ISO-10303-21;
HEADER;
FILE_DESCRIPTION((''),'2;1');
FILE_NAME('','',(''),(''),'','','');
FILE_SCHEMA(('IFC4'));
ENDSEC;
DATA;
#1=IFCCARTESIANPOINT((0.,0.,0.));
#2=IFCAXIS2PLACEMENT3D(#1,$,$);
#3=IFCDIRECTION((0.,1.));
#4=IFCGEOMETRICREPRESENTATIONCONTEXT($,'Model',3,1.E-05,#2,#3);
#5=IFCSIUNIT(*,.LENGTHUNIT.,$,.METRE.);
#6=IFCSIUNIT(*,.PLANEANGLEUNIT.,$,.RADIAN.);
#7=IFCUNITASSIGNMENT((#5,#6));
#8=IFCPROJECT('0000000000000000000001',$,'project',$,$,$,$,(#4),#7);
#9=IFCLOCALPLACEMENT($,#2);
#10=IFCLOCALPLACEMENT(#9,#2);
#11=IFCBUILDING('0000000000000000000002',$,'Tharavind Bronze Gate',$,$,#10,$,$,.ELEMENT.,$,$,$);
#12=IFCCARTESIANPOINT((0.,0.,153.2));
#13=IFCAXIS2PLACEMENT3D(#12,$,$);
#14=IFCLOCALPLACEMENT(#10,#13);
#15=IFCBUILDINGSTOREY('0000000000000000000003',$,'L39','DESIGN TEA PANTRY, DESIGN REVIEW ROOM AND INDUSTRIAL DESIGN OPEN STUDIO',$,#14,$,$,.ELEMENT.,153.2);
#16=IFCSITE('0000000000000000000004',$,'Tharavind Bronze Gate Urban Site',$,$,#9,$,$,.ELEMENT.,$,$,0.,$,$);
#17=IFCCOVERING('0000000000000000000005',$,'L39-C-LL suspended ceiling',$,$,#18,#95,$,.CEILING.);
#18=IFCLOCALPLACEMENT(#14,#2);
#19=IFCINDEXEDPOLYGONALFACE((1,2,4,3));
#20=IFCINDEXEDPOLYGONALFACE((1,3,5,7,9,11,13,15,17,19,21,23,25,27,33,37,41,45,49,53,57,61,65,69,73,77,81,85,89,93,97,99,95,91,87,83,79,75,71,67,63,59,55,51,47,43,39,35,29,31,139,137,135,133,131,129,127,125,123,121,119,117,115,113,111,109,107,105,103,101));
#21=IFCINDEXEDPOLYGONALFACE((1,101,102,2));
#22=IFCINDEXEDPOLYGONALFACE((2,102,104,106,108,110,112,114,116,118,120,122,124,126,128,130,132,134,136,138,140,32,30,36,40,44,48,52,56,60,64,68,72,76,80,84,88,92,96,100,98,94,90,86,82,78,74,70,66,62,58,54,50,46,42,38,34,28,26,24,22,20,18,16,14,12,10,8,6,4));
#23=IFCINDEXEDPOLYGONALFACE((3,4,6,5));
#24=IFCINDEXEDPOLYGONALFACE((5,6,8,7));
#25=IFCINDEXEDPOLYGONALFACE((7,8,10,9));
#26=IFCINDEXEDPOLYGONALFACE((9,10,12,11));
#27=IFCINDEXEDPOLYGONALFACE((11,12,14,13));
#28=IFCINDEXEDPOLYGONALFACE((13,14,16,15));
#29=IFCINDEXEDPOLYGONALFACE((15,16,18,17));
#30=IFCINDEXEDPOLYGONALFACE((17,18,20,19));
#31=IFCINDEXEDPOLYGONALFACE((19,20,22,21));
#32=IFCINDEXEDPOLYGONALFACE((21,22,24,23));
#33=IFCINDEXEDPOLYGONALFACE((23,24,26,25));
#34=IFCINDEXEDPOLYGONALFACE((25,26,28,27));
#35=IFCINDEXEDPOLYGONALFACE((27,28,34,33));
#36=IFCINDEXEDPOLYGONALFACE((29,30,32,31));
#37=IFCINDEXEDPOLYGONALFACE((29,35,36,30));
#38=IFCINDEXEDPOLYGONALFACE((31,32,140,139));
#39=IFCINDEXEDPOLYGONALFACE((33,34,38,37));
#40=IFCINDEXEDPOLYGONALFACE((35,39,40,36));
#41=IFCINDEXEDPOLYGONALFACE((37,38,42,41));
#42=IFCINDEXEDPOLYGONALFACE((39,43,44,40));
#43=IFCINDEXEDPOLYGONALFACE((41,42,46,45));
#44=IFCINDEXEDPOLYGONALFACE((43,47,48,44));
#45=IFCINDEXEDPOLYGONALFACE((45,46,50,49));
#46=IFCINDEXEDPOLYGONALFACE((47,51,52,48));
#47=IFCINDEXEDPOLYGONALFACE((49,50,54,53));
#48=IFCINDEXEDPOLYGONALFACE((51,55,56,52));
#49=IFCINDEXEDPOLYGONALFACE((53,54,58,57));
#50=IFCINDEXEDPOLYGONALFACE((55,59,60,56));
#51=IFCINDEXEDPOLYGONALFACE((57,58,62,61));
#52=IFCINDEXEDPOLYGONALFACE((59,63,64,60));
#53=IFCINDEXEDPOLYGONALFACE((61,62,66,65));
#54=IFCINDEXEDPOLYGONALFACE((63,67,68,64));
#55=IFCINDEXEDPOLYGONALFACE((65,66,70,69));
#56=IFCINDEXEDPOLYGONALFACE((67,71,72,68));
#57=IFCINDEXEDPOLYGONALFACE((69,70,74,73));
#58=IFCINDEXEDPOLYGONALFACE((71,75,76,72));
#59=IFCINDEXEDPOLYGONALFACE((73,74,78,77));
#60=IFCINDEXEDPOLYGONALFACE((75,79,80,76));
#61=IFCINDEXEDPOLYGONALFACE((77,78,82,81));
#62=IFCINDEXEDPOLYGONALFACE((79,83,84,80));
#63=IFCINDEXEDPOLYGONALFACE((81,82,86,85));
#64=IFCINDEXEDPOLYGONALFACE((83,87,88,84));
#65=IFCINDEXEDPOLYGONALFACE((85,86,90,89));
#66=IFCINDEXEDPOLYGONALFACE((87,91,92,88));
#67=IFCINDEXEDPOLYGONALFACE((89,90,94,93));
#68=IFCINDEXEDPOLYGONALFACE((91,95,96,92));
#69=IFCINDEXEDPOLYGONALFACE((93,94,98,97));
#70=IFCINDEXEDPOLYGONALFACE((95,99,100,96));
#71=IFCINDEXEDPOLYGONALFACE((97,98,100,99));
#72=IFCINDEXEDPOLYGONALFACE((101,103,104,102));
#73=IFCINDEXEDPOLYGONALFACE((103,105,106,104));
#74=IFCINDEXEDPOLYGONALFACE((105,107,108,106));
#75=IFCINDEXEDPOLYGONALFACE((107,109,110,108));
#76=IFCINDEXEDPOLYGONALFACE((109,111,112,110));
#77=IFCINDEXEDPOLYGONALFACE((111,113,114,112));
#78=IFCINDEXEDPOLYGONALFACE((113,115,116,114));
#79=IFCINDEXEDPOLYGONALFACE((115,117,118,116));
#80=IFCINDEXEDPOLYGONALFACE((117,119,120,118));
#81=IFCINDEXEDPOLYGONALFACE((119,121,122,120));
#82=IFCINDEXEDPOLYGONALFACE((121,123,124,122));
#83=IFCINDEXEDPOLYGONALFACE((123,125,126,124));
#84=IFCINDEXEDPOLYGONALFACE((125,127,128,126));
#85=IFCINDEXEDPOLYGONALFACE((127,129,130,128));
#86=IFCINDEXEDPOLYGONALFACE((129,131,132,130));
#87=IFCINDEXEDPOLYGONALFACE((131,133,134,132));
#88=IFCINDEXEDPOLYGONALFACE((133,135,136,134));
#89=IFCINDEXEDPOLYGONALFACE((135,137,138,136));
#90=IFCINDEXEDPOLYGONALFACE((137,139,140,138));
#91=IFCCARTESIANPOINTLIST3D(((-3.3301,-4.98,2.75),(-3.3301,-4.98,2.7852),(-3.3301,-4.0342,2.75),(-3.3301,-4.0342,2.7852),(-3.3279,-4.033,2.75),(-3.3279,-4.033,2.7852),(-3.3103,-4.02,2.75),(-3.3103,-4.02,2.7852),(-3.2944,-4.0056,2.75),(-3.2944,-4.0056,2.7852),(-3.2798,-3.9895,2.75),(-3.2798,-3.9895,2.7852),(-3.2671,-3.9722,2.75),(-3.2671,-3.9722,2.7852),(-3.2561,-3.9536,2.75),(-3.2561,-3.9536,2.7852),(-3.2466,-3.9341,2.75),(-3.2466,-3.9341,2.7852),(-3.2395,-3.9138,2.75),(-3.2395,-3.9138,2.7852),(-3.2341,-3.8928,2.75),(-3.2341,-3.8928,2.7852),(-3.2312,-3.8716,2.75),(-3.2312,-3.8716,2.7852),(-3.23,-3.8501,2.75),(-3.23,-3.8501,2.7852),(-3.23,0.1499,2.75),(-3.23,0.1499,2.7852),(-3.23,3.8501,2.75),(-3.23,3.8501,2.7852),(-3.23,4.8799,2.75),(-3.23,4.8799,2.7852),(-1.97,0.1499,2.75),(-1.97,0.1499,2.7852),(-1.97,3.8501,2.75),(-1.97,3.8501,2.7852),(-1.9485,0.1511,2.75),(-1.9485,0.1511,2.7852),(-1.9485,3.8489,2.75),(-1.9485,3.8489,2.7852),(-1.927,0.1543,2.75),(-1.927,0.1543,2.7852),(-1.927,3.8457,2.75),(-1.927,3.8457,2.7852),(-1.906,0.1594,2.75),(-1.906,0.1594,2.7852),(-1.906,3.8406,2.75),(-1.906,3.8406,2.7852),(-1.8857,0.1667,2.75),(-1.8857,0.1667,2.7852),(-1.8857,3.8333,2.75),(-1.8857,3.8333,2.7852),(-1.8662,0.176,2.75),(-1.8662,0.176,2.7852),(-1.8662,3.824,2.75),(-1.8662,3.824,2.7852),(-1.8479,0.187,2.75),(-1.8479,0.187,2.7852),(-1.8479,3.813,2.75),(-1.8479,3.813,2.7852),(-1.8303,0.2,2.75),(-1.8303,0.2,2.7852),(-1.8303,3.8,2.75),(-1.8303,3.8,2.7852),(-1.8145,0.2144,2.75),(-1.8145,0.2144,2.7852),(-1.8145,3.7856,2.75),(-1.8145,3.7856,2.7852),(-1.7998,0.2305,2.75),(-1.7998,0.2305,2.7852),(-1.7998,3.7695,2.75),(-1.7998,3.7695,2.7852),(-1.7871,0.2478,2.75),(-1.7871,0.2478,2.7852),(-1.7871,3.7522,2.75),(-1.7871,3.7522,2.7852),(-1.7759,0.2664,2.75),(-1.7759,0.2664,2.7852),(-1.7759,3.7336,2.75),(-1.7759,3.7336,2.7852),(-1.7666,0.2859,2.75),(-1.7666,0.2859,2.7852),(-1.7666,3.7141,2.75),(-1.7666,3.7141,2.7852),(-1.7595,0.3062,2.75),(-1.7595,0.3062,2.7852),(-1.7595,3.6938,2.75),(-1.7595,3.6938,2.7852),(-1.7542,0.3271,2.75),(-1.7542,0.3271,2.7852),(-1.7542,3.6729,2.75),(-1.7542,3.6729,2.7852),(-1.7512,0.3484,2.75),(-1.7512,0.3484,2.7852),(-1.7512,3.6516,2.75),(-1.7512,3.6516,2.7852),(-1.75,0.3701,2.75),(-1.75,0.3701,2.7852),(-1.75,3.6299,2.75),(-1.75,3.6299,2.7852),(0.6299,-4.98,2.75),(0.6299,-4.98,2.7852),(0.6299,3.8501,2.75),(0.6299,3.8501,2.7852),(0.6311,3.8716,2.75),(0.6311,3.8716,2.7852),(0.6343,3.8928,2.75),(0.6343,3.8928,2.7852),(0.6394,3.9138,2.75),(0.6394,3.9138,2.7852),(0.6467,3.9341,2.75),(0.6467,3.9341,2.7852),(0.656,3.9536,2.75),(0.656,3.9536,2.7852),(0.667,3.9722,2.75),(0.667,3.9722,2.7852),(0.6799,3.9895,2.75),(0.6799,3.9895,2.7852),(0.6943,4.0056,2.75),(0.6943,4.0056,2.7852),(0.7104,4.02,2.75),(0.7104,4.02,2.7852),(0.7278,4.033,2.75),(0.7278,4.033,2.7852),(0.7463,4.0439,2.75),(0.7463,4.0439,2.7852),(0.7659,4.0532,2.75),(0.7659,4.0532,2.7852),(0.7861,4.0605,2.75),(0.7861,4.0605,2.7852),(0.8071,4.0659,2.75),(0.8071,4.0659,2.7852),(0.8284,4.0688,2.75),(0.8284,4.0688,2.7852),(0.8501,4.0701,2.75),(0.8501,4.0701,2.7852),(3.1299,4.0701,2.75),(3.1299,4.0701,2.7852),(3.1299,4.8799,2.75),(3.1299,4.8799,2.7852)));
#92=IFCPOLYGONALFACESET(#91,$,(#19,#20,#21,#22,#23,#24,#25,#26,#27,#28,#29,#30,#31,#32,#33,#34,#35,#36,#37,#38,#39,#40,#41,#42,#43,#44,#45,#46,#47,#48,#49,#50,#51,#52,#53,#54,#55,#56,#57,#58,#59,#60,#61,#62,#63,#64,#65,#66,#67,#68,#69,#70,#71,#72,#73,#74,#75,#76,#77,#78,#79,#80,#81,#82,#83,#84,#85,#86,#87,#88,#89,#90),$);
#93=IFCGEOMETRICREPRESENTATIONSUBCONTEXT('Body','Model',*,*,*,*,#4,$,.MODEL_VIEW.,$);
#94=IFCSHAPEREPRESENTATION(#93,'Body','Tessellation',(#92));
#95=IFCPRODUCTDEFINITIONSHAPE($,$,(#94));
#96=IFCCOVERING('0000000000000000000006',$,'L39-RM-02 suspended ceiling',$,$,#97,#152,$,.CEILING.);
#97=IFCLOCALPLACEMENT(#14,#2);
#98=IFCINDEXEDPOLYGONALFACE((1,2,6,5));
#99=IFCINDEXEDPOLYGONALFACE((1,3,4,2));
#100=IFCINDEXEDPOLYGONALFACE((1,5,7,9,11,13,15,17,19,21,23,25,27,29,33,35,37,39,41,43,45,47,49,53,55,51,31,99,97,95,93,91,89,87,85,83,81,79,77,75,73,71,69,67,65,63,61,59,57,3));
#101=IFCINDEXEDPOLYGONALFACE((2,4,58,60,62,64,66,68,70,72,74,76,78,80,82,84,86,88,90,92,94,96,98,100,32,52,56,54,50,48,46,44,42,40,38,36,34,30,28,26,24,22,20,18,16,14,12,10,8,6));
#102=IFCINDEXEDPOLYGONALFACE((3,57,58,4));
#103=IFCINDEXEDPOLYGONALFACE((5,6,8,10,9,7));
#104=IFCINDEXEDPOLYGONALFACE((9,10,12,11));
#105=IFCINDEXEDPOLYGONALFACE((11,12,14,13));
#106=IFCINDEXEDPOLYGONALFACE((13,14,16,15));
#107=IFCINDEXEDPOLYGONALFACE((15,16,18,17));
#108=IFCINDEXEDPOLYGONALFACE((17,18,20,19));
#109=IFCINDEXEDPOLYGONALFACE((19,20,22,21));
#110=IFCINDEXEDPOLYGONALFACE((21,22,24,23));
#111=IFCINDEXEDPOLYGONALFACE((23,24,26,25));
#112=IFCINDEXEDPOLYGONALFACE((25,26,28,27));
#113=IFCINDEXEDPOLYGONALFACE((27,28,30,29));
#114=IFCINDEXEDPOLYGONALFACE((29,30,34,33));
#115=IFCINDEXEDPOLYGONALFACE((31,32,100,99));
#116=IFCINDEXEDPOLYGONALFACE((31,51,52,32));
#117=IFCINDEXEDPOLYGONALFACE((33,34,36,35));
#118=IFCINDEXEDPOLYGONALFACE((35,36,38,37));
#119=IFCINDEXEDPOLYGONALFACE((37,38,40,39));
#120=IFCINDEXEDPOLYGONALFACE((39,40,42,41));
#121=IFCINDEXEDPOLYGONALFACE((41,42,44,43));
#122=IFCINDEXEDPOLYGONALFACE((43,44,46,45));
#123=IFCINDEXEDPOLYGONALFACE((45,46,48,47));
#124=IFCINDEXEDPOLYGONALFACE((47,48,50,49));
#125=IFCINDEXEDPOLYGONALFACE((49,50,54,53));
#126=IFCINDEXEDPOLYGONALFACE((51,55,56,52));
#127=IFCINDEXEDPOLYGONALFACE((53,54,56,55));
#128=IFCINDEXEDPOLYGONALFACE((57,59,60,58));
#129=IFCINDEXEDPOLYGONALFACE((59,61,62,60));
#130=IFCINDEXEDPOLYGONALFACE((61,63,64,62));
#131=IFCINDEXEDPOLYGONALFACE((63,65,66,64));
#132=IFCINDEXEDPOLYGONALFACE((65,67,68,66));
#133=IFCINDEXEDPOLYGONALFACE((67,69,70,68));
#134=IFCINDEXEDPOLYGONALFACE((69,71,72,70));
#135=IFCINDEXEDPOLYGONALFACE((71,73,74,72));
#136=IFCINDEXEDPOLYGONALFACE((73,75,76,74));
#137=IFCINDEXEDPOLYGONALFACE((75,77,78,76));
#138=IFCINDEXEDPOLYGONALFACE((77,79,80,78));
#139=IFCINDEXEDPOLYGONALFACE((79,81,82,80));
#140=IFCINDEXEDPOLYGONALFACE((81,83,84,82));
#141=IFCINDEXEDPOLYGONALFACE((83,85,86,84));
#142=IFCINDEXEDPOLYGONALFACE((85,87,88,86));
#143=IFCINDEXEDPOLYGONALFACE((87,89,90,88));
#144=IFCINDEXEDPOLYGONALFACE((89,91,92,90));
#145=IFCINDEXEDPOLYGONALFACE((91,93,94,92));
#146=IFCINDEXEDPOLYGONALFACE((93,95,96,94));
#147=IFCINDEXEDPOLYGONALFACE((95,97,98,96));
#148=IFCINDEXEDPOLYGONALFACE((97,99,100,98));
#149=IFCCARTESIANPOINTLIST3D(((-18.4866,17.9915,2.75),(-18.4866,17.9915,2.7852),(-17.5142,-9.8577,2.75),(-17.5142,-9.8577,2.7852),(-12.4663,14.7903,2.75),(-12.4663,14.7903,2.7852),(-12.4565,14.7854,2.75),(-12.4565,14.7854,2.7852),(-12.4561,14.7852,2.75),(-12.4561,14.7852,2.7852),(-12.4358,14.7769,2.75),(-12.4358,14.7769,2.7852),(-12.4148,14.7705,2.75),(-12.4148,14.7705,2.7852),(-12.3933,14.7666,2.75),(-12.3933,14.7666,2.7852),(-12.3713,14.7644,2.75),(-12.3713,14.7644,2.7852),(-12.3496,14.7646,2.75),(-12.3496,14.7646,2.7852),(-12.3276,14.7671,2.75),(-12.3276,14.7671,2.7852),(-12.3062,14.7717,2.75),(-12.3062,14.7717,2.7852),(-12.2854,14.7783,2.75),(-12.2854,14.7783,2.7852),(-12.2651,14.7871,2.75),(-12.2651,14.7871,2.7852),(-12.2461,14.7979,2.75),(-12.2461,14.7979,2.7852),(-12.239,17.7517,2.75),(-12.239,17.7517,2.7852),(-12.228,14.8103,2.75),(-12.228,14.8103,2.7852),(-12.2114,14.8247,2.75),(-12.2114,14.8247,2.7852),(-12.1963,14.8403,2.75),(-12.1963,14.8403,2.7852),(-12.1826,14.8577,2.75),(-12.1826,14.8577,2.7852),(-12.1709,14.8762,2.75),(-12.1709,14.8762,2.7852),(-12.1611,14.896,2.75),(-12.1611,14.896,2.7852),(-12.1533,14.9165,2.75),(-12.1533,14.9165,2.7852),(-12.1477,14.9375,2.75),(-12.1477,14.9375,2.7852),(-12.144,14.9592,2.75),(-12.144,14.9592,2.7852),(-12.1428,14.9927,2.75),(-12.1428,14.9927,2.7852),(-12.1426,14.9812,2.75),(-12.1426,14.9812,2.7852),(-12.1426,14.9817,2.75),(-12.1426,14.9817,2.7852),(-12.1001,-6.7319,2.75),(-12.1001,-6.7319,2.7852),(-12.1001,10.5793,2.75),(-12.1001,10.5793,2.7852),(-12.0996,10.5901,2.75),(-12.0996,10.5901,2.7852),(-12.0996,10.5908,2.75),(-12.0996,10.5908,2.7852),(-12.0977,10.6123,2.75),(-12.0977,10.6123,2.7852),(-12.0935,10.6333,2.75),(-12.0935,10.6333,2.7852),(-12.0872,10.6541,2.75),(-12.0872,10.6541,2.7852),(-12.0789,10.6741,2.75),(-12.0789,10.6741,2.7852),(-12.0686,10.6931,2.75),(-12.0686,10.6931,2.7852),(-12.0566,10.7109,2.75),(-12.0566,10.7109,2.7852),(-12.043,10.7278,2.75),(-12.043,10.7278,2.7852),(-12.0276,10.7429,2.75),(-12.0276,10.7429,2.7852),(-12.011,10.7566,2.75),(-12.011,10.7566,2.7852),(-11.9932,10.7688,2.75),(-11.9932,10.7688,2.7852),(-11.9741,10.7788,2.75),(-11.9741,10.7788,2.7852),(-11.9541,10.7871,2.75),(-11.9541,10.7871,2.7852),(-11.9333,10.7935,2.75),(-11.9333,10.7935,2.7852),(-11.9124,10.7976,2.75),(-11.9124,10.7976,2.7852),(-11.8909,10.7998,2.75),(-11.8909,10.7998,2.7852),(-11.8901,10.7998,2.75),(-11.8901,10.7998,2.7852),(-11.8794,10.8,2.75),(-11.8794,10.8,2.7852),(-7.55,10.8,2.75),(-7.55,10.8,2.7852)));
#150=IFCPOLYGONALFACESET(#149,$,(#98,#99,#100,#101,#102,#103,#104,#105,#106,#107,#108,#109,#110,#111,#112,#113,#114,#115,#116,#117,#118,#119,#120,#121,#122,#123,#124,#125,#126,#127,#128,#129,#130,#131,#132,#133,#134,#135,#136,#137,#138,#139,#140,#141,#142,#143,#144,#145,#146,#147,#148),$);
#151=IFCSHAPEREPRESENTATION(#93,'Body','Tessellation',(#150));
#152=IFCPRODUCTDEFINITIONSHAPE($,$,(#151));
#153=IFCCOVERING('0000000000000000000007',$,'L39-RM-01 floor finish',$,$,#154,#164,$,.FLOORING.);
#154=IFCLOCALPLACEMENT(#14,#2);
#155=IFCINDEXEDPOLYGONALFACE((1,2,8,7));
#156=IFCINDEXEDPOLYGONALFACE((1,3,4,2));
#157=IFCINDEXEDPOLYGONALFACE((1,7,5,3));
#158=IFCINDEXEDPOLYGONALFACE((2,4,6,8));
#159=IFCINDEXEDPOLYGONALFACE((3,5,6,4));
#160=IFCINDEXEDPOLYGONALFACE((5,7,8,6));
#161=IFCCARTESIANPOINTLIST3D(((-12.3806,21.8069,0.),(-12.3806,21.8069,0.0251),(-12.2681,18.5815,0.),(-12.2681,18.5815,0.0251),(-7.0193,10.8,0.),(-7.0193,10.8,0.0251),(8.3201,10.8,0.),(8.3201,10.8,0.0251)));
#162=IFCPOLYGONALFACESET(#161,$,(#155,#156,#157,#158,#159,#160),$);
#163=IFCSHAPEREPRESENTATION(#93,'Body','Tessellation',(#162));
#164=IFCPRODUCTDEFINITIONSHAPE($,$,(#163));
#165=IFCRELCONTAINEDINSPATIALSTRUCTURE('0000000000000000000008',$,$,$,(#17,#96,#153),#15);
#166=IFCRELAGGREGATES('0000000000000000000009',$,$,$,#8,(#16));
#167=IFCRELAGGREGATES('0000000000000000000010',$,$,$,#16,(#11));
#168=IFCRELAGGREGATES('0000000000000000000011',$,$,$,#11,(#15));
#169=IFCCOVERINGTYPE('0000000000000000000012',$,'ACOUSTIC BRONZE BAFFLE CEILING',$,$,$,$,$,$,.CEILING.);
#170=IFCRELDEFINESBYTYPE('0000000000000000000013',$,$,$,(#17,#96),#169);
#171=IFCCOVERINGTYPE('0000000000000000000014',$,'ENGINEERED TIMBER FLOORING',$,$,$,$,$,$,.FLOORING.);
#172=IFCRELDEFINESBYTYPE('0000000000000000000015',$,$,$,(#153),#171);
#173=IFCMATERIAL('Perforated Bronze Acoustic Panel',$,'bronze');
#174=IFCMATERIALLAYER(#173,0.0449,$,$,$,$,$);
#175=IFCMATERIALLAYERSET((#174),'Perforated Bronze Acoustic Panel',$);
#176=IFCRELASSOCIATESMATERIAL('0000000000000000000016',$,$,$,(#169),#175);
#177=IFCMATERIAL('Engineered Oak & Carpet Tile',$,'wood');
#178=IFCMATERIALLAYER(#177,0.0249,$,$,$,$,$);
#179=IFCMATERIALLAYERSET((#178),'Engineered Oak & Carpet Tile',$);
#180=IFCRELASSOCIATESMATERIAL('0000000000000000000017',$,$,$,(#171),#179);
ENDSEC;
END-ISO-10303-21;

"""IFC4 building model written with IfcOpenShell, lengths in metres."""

from ifc_helpers import new_model, si_unit, direction, frame, origin, place, context, subcontext, project, spatial, polyline, outline, extrude, material, layer, layer_set, type_object, element, save


model = new_model("IFC4")

# Units and contexts
model_context = context("Model", 3, precision=1e-05, world=origin(), true_north=direction((0.0, 1.0)))
body_context = subcontext(model_context, "Body", "Model", "MODEL_VIEW")
ifc_project = project(units=[si_unit("LENGTHUNIT", "METRE"), si_unit("PLANEANGLEUNIT", "RADIAN")], contexts=[model_context])

# Site, building, storey
site_placement = place(None, origin())
site = spatial("IfcSite", under=ifc_project, at=site_placement, Name="Tharavind Bronze Gate Urban Site", CompositionType="ELEMENT", RefElevation=0.0)
building_placement = place(site_placement, origin())
building = spatial("IfcBuilding", under=site, at=building_placement, Name="Tharavind Bronze Gate", CompositionType="ELEMENT")
storey_placement = place(building_placement, frame((0.0, 0.0, 153.2)))
storey = spatial("IfcBuildingStorey", under=building, at=storey_placement, Name="L39", Description="DESIGN TEA PANTRY, DESIGN REVIEW ROOM AND INDUSTRIAL DESIGN OPEN STUDIO", CompositionType="ELEMENT", Elevation=153.2)

# Coverings
ifc_material_1 = material(Name="Perforated Bronze Acoustic Panel", Category="bronze")
ifc_layer_1 = layer(ifc_material_1, 0.0449)
ifc_layer_set_1 = layer_set([ifc_layer_1], Name="Perforated Bronze Acoustic Panel")
covering_type_1 = type_object("IfcCoveringType", Name="ACOUSTIC BRONZE BAFFLE CEILING", PredefinedType="CEILING", material=ifc_layer_set_1)
covering_1_placement = place(storey_placement, frame((0.0, 0.0, 2.75)))
element("IfcCovering", 1, at=covering_1_placement, inside=storey, type_object=covering_type_1, Name="L39-C-LL suspended ceiling", PredefinedType="CEILING", context=body_context, shape_type="SweptSolid", body=[
    extrude(outline(polyline([(-3.3301, -4.98), (0.6299, -4.98), (0.6299, 3.8501), (0.6311, 3.8716), (0.6343, 3.8928), (0.6394, 3.9138), (0.6467, 3.9341), (0.656, 3.9536), (0.667, 3.9722), (0.6799, 3.9895), (0.6943, 4.0056), (0.7104, 4.02), (0.7278, 4.033), (0.7463, 4.0439), (0.7659, 4.0532), (0.7861, 4.0605), (0.8071, 4.0659), (0.8284, 4.0688), (0.8501, 4.0701), (3.1299, 4.0701), (3.1299, 4.8799), (-3.23, 4.8799), (-3.23, 3.8501), (-1.97, 3.8501), (-1.9485, 3.8489), (-1.927, 3.8457), (-1.906, 3.8406), (-1.8857, 3.8333), (-1.8662, 3.824), (-1.8479, 3.813), (-1.8303, 3.8), (-1.8145, 3.7856), (-1.7998, 3.7695), (-1.7871, 3.7522), (-1.7759, 3.7336), (-1.7666, 3.7141), (-1.7595, 3.6938), (-1.7542, 3.6729), (-1.7512, 3.6516), (-1.75, 3.6299), (-1.75, 0.3701), (-1.7512, 0.3484), (-1.7542, 0.3271), (-1.7595, 0.3062), (-1.7666, 0.2859), (-1.7759, 0.2664), (-1.7871, 0.2478), (-1.7998, 0.2305), (-1.8145, 0.2144), (-1.8303, 0.2), (-1.8479, 0.187), (-1.8662, 0.176), (-1.8857, 0.1667), (-1.906, 0.1594), (-1.927, 0.1543), (-1.9485, 0.1511), (-1.97, 0.1499), (-3.23, 0.1499), (-3.23, -3.8501), (-3.2312, -3.8716), (-3.2341, -3.8928), (-3.2395, -3.9138), (-3.2466, -3.9341), (-3.2561, -3.9536), (-3.2671, -3.9722), (-3.2798, -3.9895), (-3.2944, -4.0056), (-3.3103, -4.02), (-3.3279, -4.033), (-3.3301, -4.0342), (-3.3301, -4.98)])), origin(), (0.0, 0.0, 1.0), 0.0352),
])
covering_2_placement = place(storey_placement, frame((0.0, 0.0, 2.75)))
element("IfcCovering", 2, at=covering_2_placement, inside=storey, type_object=covering_type_1, Name="L39-RM-02 suspended ceiling", PredefinedType="CEILING", context=body_context, shape_type="SweptSolid", body=[
    extrude(outline(polyline([(-17.5142, -9.8577), (-12.1001, -6.7319), (-12.1001, 10.5793), (-12.0996, 10.5901), (-12.0996, 10.5908), (-12.0977, 10.6123), (-12.0935, 10.6333), (-12.0872, 10.6541), (-12.0789, 10.6741), (-12.0686, 10.6931), (-12.0566, 10.7109), (-12.043, 10.7278), (-12.0276, 10.7429), (-12.011, 10.7566), (-11.9932, 10.7688), (-11.9741, 10.7788), (-11.9541, 10.7871), (-11.9333, 10.7935), (-11.9124, 10.7976), (-11.8909, 10.7998), (-11.8901, 10.7998), (-11.8794, 10.8), (-7.55, 10.8), (-12.239, 17.7517), (-12.1428, 14.9927), (-12.1426, 14.9817), (-12.1426, 14.9812), (-12.144, 14.9592), (-12.1477, 14.9375), (-12.1533, 14.9165), (-12.1611, 14.896), (-12.1709, 14.8762), (-12.1826, 14.8577), (-12.1963, 14.8403), (-12.2114, 14.8247), (-12.228, 14.8103), (-12.2461, 14.7979), (-12.2651, 14.7871), (-12.2854, 14.7783), (-12.3062, 14.7717), (-12.3276, 14.7671), (-12.3496, 14.7646), (-12.3713, 14.7644), (-12.3933, 14.7666), (-12.4148, 14.7705), (-12.4358, 14.7769), (-12.4561, 14.7852), (-12.4565, 14.7854), (-12.4663, 14.7903), (-18.4866, 17.9915), (-17.5142, -9.8577)])), origin(), (0.0, 0.0, 1.0), 0.0352),
])
ifc_material_2 = material(Name="Engineered Oak & Carpet Tile", Category="wood")
ifc_layer_2 = layer(ifc_material_2, 0.0249)
ifc_layer_set_2 = layer_set([ifc_layer_2], Name="Engineered Oak & Carpet Tile")
covering_type_2 = type_object("IfcCoveringType", Name="ENGINEERED TIMBER FLOORING", PredefinedType="FLOORING", material=ifc_layer_set_2)
covering_3_placement = place(storey_placement, origin())
element("IfcCovering", 3, at=covering_3_placement, inside=storey, type_object=covering_type_2, Name="L39-RM-01 floor finish", PredefinedType="FLOORING", context=body_context, shape_type="SweptSolid", body=[
    extrude(outline(polyline([(-12.2681, 18.5815), (-7.0193, 10.8), (8.3201, 10.8), (-12.3806, 21.8069), (-12.2681, 18.5815)])), origin(), (0.0, 0.0, 1.0), 0.0251),
])

save(model, "model.ifc")
